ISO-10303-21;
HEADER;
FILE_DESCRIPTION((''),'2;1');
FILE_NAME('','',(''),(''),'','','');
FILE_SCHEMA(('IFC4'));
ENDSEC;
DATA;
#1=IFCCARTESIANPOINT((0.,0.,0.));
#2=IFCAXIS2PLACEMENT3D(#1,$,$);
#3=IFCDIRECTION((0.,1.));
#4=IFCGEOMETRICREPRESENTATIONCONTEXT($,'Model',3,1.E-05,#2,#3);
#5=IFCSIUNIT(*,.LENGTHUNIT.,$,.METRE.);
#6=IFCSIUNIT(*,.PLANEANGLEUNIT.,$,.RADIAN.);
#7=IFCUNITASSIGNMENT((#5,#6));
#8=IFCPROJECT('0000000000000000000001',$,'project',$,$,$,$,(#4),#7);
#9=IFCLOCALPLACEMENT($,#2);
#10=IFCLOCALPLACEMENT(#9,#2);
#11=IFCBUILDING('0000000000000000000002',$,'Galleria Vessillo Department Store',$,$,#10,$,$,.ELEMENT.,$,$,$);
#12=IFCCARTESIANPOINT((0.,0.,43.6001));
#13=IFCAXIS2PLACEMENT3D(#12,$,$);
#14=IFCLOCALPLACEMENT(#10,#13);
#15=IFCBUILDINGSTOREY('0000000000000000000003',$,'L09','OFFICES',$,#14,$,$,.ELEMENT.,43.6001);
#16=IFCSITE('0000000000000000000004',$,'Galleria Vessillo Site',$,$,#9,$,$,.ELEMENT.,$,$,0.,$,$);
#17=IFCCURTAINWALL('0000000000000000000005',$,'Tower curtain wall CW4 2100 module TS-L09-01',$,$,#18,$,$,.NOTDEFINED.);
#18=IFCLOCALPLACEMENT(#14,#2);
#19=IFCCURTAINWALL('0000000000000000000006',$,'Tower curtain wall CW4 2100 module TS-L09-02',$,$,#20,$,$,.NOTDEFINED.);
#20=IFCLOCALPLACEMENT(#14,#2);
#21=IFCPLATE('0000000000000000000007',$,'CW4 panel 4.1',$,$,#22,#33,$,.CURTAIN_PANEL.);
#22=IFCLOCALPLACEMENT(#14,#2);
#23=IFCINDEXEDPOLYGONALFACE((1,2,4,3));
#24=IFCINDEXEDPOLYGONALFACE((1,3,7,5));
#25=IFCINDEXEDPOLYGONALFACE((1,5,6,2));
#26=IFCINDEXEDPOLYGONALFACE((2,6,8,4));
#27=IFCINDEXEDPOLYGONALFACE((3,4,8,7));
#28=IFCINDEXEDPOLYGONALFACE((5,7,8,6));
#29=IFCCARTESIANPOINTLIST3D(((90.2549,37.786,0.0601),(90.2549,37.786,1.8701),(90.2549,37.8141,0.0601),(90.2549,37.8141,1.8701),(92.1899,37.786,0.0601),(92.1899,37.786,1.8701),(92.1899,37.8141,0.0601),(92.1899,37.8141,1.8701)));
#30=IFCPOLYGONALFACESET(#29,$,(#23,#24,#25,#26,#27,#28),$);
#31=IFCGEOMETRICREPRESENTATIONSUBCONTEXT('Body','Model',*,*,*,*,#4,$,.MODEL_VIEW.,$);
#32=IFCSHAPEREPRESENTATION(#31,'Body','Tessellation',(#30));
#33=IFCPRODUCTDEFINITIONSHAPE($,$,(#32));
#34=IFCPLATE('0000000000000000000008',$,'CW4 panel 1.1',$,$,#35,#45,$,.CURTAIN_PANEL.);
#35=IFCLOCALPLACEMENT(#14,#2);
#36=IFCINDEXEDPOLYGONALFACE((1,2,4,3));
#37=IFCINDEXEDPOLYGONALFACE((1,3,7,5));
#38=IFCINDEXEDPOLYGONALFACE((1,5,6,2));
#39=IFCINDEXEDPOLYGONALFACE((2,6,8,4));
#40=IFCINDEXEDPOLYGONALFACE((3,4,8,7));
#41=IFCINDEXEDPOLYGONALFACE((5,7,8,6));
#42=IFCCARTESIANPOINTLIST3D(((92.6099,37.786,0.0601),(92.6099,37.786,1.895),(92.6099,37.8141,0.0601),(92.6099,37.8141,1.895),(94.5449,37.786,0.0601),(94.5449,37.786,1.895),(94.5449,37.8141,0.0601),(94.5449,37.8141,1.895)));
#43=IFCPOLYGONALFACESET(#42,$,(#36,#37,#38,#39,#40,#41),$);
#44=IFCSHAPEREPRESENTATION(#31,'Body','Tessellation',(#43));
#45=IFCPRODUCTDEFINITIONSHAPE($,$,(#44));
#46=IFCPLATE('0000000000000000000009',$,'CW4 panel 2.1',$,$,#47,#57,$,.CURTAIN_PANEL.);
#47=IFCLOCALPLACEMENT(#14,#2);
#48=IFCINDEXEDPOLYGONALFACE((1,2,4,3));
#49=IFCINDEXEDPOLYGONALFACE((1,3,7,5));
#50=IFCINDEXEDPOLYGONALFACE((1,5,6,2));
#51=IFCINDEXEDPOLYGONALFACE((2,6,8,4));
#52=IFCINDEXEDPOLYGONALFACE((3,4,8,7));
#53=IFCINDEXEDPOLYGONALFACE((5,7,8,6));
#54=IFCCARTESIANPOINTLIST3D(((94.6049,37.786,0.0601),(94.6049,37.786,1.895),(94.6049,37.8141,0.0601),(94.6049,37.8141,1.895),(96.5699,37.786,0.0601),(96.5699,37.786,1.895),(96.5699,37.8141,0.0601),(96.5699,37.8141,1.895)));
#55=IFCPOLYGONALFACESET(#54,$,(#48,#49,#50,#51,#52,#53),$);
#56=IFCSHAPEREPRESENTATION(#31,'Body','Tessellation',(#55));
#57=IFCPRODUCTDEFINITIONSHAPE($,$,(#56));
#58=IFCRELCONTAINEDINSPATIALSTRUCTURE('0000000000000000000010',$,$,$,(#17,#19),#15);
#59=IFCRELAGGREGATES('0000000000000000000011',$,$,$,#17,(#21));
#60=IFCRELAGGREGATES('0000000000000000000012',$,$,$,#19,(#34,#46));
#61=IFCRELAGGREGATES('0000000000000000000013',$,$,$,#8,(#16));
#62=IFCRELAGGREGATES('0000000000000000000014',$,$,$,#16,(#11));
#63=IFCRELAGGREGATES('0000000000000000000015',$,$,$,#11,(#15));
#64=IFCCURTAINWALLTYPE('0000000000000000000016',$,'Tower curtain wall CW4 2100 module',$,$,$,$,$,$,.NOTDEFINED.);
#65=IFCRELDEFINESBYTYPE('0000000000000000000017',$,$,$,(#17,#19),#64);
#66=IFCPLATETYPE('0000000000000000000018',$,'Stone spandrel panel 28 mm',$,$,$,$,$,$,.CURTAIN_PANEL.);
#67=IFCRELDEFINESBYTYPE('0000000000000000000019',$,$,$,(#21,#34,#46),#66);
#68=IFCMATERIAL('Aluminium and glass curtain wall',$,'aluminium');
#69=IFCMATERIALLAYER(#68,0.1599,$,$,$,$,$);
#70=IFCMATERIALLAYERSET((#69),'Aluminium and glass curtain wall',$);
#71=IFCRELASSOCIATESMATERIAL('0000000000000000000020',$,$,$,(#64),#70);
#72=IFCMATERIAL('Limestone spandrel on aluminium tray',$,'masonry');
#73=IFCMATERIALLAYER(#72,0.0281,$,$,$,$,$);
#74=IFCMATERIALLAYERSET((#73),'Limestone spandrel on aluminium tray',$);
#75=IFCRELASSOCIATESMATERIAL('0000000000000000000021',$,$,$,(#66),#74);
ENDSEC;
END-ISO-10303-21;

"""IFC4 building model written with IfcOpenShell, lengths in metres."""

from ifc_helpers import new_model, si_unit, direction, frame, origin, origin_2d, place, context, subcontext, project, spatial, rectangle, extrude, material, layer, layer_set, type_object, element, aggregate, save


model = new_model("IFC4")

# Units and contexts
model_context = context("Model", 3, precision=1e-05, world=origin(), true_north=direction((0.0, 1.0)))
body_context = subcontext(model_context, "Body", "Model", "MODEL_VIEW")
ifc_project = project(units=[si_unit("LENGTHUNIT", "METRE"), si_unit("PLANEANGLEUNIT", "RADIAN")], contexts=[model_context])

# Site, building, storey
site_placement = place(None, origin())
site = spatial("IfcSite", under=ifc_project, at=site_placement, Name="Galleria Vessillo Site", CompositionType="ELEMENT", RefElevation=0.0)
building_placement = place(site_placement, origin())
building = spatial("IfcBuilding", under=site, at=building_placement, Name="Galleria Vessillo Department Store", CompositionType="ELEMENT")
storey_placement = place(building_placement, frame((0.0, 0.0, 43.6001)))
storey = spatial("IfcBuildingStorey", under=building, at=storey_placement, Name="L09", Description="OFFICES", CompositionType="ELEMENT", Elevation=43.6001)

# Curtain wall
ifc_material_1 = material(Name="Aluminium and glass curtain wall", Category="aluminium")
ifc_layer_1 = layer(ifc_material_1, 0.1599)
ifc_layer_set_1 = layer_set([ifc_layer_1], Name="Aluminium and glass curtain wall")
curtain_wall_type = type_object("IfcCurtainWallType", Name="Tower curtain wall CW4 2100 module", PredefinedType="NOTDEFINED", material=ifc_layer_set_1)
curtain_wall_1_placement = place(storey_placement, origin())
curtain_wall_1 = element("IfcCurtainWall", 1, at=curtain_wall_1_placement, inside=storey, type_object=curtain_wall_type, Name="Tower curtain wall CW4 2100 module TS-L09-01", PredefinedType="NOTDEFINED")

# Curtain wall
curtain_wall_2_placement = place(storey_placement, origin())
curtain_wall_2 = element("IfcCurtainWall", 2, at=curtain_wall_2_placement, inside=storey, type_object=curtain_wall_type, Name="Tower curtain wall CW4 2100 module TS-L09-02", PredefinedType="NOTDEFINED")

# Plates
ifc_material_2 = material(Name="Limestone spandrel on aluminium tray", Category="masonry")
ifc_layer_2 = layer(ifc_material_2, 0.0281)
ifc_layer_set_2 = layer_set([ifc_layer_2], Name="Limestone spandrel on aluminium tray")
plate_type_1 = type_object("IfcPlateType", Name="Stone spandrel panel 28 mm", PredefinedType="CURTAIN_PANEL", material=ifc_layer_set_2)
plate_1_placement = place(storey_placement, frame((91.2224, 37.8, 0.0601), z_axis=(0.0, 0.0, 1.0), x_axis=(1.0, 0.0, 0.0)))
plate_1 = element("IfcPlate", 3, at=plate_1_placement, type_object=plate_type_1, Name="CW4 panel 4.1", PredefinedType="CURTAIN_PANEL", context=body_context, shape_type="SweptSolid", body=[
    extrude(rectangle(XDim=1.9351, YDim=0.0281, at=origin_2d()), origin(), (0.0, 0.0, 1.0), 1.8101),
])
aggregate(curtain_wall_1, [plate_1])
plate_2_placement = place(storey_placement, frame((93.5774, 37.8, 0.0601), z_axis=(0.0, 0.0, 1.0), x_axis=(1.0, 0.0, 0.0)))
plate_2 = element("IfcPlate", 4, at=plate_2_placement, type_object=plate_type_1, Name="CW4 panel 1.1", PredefinedType="CURTAIN_PANEL", context=body_context, shape_type="SweptSolid", body=[
    extrude(rectangle(XDim=1.9351, YDim=0.0281, at=origin_2d()), origin(), (0.0, 0.0, 1.0), 1.835),
])
plate_3_placement = place(storey_placement, frame((95.5874, 37.8, 0.0601), z_axis=(0.0, 0.0, 1.0), x_axis=(1.0, 0.0, 0.0)))
plate_3 = element("IfcPlate", 5, at=plate_3_placement, type_object=plate_type_1, Name="CW4 panel 2.1", PredefinedType="CURTAIN_PANEL", context=body_context, shape_type="SweptSolid", body=[
    extrude(rectangle(XDim=1.9651, YDim=0.0281, at=origin_2d()), origin(), (0.0, 0.0, 1.0), 1.835),
])
aggregate(curtain_wall_2, [plate_2, plate_3])

save(model, "model.ifc")
